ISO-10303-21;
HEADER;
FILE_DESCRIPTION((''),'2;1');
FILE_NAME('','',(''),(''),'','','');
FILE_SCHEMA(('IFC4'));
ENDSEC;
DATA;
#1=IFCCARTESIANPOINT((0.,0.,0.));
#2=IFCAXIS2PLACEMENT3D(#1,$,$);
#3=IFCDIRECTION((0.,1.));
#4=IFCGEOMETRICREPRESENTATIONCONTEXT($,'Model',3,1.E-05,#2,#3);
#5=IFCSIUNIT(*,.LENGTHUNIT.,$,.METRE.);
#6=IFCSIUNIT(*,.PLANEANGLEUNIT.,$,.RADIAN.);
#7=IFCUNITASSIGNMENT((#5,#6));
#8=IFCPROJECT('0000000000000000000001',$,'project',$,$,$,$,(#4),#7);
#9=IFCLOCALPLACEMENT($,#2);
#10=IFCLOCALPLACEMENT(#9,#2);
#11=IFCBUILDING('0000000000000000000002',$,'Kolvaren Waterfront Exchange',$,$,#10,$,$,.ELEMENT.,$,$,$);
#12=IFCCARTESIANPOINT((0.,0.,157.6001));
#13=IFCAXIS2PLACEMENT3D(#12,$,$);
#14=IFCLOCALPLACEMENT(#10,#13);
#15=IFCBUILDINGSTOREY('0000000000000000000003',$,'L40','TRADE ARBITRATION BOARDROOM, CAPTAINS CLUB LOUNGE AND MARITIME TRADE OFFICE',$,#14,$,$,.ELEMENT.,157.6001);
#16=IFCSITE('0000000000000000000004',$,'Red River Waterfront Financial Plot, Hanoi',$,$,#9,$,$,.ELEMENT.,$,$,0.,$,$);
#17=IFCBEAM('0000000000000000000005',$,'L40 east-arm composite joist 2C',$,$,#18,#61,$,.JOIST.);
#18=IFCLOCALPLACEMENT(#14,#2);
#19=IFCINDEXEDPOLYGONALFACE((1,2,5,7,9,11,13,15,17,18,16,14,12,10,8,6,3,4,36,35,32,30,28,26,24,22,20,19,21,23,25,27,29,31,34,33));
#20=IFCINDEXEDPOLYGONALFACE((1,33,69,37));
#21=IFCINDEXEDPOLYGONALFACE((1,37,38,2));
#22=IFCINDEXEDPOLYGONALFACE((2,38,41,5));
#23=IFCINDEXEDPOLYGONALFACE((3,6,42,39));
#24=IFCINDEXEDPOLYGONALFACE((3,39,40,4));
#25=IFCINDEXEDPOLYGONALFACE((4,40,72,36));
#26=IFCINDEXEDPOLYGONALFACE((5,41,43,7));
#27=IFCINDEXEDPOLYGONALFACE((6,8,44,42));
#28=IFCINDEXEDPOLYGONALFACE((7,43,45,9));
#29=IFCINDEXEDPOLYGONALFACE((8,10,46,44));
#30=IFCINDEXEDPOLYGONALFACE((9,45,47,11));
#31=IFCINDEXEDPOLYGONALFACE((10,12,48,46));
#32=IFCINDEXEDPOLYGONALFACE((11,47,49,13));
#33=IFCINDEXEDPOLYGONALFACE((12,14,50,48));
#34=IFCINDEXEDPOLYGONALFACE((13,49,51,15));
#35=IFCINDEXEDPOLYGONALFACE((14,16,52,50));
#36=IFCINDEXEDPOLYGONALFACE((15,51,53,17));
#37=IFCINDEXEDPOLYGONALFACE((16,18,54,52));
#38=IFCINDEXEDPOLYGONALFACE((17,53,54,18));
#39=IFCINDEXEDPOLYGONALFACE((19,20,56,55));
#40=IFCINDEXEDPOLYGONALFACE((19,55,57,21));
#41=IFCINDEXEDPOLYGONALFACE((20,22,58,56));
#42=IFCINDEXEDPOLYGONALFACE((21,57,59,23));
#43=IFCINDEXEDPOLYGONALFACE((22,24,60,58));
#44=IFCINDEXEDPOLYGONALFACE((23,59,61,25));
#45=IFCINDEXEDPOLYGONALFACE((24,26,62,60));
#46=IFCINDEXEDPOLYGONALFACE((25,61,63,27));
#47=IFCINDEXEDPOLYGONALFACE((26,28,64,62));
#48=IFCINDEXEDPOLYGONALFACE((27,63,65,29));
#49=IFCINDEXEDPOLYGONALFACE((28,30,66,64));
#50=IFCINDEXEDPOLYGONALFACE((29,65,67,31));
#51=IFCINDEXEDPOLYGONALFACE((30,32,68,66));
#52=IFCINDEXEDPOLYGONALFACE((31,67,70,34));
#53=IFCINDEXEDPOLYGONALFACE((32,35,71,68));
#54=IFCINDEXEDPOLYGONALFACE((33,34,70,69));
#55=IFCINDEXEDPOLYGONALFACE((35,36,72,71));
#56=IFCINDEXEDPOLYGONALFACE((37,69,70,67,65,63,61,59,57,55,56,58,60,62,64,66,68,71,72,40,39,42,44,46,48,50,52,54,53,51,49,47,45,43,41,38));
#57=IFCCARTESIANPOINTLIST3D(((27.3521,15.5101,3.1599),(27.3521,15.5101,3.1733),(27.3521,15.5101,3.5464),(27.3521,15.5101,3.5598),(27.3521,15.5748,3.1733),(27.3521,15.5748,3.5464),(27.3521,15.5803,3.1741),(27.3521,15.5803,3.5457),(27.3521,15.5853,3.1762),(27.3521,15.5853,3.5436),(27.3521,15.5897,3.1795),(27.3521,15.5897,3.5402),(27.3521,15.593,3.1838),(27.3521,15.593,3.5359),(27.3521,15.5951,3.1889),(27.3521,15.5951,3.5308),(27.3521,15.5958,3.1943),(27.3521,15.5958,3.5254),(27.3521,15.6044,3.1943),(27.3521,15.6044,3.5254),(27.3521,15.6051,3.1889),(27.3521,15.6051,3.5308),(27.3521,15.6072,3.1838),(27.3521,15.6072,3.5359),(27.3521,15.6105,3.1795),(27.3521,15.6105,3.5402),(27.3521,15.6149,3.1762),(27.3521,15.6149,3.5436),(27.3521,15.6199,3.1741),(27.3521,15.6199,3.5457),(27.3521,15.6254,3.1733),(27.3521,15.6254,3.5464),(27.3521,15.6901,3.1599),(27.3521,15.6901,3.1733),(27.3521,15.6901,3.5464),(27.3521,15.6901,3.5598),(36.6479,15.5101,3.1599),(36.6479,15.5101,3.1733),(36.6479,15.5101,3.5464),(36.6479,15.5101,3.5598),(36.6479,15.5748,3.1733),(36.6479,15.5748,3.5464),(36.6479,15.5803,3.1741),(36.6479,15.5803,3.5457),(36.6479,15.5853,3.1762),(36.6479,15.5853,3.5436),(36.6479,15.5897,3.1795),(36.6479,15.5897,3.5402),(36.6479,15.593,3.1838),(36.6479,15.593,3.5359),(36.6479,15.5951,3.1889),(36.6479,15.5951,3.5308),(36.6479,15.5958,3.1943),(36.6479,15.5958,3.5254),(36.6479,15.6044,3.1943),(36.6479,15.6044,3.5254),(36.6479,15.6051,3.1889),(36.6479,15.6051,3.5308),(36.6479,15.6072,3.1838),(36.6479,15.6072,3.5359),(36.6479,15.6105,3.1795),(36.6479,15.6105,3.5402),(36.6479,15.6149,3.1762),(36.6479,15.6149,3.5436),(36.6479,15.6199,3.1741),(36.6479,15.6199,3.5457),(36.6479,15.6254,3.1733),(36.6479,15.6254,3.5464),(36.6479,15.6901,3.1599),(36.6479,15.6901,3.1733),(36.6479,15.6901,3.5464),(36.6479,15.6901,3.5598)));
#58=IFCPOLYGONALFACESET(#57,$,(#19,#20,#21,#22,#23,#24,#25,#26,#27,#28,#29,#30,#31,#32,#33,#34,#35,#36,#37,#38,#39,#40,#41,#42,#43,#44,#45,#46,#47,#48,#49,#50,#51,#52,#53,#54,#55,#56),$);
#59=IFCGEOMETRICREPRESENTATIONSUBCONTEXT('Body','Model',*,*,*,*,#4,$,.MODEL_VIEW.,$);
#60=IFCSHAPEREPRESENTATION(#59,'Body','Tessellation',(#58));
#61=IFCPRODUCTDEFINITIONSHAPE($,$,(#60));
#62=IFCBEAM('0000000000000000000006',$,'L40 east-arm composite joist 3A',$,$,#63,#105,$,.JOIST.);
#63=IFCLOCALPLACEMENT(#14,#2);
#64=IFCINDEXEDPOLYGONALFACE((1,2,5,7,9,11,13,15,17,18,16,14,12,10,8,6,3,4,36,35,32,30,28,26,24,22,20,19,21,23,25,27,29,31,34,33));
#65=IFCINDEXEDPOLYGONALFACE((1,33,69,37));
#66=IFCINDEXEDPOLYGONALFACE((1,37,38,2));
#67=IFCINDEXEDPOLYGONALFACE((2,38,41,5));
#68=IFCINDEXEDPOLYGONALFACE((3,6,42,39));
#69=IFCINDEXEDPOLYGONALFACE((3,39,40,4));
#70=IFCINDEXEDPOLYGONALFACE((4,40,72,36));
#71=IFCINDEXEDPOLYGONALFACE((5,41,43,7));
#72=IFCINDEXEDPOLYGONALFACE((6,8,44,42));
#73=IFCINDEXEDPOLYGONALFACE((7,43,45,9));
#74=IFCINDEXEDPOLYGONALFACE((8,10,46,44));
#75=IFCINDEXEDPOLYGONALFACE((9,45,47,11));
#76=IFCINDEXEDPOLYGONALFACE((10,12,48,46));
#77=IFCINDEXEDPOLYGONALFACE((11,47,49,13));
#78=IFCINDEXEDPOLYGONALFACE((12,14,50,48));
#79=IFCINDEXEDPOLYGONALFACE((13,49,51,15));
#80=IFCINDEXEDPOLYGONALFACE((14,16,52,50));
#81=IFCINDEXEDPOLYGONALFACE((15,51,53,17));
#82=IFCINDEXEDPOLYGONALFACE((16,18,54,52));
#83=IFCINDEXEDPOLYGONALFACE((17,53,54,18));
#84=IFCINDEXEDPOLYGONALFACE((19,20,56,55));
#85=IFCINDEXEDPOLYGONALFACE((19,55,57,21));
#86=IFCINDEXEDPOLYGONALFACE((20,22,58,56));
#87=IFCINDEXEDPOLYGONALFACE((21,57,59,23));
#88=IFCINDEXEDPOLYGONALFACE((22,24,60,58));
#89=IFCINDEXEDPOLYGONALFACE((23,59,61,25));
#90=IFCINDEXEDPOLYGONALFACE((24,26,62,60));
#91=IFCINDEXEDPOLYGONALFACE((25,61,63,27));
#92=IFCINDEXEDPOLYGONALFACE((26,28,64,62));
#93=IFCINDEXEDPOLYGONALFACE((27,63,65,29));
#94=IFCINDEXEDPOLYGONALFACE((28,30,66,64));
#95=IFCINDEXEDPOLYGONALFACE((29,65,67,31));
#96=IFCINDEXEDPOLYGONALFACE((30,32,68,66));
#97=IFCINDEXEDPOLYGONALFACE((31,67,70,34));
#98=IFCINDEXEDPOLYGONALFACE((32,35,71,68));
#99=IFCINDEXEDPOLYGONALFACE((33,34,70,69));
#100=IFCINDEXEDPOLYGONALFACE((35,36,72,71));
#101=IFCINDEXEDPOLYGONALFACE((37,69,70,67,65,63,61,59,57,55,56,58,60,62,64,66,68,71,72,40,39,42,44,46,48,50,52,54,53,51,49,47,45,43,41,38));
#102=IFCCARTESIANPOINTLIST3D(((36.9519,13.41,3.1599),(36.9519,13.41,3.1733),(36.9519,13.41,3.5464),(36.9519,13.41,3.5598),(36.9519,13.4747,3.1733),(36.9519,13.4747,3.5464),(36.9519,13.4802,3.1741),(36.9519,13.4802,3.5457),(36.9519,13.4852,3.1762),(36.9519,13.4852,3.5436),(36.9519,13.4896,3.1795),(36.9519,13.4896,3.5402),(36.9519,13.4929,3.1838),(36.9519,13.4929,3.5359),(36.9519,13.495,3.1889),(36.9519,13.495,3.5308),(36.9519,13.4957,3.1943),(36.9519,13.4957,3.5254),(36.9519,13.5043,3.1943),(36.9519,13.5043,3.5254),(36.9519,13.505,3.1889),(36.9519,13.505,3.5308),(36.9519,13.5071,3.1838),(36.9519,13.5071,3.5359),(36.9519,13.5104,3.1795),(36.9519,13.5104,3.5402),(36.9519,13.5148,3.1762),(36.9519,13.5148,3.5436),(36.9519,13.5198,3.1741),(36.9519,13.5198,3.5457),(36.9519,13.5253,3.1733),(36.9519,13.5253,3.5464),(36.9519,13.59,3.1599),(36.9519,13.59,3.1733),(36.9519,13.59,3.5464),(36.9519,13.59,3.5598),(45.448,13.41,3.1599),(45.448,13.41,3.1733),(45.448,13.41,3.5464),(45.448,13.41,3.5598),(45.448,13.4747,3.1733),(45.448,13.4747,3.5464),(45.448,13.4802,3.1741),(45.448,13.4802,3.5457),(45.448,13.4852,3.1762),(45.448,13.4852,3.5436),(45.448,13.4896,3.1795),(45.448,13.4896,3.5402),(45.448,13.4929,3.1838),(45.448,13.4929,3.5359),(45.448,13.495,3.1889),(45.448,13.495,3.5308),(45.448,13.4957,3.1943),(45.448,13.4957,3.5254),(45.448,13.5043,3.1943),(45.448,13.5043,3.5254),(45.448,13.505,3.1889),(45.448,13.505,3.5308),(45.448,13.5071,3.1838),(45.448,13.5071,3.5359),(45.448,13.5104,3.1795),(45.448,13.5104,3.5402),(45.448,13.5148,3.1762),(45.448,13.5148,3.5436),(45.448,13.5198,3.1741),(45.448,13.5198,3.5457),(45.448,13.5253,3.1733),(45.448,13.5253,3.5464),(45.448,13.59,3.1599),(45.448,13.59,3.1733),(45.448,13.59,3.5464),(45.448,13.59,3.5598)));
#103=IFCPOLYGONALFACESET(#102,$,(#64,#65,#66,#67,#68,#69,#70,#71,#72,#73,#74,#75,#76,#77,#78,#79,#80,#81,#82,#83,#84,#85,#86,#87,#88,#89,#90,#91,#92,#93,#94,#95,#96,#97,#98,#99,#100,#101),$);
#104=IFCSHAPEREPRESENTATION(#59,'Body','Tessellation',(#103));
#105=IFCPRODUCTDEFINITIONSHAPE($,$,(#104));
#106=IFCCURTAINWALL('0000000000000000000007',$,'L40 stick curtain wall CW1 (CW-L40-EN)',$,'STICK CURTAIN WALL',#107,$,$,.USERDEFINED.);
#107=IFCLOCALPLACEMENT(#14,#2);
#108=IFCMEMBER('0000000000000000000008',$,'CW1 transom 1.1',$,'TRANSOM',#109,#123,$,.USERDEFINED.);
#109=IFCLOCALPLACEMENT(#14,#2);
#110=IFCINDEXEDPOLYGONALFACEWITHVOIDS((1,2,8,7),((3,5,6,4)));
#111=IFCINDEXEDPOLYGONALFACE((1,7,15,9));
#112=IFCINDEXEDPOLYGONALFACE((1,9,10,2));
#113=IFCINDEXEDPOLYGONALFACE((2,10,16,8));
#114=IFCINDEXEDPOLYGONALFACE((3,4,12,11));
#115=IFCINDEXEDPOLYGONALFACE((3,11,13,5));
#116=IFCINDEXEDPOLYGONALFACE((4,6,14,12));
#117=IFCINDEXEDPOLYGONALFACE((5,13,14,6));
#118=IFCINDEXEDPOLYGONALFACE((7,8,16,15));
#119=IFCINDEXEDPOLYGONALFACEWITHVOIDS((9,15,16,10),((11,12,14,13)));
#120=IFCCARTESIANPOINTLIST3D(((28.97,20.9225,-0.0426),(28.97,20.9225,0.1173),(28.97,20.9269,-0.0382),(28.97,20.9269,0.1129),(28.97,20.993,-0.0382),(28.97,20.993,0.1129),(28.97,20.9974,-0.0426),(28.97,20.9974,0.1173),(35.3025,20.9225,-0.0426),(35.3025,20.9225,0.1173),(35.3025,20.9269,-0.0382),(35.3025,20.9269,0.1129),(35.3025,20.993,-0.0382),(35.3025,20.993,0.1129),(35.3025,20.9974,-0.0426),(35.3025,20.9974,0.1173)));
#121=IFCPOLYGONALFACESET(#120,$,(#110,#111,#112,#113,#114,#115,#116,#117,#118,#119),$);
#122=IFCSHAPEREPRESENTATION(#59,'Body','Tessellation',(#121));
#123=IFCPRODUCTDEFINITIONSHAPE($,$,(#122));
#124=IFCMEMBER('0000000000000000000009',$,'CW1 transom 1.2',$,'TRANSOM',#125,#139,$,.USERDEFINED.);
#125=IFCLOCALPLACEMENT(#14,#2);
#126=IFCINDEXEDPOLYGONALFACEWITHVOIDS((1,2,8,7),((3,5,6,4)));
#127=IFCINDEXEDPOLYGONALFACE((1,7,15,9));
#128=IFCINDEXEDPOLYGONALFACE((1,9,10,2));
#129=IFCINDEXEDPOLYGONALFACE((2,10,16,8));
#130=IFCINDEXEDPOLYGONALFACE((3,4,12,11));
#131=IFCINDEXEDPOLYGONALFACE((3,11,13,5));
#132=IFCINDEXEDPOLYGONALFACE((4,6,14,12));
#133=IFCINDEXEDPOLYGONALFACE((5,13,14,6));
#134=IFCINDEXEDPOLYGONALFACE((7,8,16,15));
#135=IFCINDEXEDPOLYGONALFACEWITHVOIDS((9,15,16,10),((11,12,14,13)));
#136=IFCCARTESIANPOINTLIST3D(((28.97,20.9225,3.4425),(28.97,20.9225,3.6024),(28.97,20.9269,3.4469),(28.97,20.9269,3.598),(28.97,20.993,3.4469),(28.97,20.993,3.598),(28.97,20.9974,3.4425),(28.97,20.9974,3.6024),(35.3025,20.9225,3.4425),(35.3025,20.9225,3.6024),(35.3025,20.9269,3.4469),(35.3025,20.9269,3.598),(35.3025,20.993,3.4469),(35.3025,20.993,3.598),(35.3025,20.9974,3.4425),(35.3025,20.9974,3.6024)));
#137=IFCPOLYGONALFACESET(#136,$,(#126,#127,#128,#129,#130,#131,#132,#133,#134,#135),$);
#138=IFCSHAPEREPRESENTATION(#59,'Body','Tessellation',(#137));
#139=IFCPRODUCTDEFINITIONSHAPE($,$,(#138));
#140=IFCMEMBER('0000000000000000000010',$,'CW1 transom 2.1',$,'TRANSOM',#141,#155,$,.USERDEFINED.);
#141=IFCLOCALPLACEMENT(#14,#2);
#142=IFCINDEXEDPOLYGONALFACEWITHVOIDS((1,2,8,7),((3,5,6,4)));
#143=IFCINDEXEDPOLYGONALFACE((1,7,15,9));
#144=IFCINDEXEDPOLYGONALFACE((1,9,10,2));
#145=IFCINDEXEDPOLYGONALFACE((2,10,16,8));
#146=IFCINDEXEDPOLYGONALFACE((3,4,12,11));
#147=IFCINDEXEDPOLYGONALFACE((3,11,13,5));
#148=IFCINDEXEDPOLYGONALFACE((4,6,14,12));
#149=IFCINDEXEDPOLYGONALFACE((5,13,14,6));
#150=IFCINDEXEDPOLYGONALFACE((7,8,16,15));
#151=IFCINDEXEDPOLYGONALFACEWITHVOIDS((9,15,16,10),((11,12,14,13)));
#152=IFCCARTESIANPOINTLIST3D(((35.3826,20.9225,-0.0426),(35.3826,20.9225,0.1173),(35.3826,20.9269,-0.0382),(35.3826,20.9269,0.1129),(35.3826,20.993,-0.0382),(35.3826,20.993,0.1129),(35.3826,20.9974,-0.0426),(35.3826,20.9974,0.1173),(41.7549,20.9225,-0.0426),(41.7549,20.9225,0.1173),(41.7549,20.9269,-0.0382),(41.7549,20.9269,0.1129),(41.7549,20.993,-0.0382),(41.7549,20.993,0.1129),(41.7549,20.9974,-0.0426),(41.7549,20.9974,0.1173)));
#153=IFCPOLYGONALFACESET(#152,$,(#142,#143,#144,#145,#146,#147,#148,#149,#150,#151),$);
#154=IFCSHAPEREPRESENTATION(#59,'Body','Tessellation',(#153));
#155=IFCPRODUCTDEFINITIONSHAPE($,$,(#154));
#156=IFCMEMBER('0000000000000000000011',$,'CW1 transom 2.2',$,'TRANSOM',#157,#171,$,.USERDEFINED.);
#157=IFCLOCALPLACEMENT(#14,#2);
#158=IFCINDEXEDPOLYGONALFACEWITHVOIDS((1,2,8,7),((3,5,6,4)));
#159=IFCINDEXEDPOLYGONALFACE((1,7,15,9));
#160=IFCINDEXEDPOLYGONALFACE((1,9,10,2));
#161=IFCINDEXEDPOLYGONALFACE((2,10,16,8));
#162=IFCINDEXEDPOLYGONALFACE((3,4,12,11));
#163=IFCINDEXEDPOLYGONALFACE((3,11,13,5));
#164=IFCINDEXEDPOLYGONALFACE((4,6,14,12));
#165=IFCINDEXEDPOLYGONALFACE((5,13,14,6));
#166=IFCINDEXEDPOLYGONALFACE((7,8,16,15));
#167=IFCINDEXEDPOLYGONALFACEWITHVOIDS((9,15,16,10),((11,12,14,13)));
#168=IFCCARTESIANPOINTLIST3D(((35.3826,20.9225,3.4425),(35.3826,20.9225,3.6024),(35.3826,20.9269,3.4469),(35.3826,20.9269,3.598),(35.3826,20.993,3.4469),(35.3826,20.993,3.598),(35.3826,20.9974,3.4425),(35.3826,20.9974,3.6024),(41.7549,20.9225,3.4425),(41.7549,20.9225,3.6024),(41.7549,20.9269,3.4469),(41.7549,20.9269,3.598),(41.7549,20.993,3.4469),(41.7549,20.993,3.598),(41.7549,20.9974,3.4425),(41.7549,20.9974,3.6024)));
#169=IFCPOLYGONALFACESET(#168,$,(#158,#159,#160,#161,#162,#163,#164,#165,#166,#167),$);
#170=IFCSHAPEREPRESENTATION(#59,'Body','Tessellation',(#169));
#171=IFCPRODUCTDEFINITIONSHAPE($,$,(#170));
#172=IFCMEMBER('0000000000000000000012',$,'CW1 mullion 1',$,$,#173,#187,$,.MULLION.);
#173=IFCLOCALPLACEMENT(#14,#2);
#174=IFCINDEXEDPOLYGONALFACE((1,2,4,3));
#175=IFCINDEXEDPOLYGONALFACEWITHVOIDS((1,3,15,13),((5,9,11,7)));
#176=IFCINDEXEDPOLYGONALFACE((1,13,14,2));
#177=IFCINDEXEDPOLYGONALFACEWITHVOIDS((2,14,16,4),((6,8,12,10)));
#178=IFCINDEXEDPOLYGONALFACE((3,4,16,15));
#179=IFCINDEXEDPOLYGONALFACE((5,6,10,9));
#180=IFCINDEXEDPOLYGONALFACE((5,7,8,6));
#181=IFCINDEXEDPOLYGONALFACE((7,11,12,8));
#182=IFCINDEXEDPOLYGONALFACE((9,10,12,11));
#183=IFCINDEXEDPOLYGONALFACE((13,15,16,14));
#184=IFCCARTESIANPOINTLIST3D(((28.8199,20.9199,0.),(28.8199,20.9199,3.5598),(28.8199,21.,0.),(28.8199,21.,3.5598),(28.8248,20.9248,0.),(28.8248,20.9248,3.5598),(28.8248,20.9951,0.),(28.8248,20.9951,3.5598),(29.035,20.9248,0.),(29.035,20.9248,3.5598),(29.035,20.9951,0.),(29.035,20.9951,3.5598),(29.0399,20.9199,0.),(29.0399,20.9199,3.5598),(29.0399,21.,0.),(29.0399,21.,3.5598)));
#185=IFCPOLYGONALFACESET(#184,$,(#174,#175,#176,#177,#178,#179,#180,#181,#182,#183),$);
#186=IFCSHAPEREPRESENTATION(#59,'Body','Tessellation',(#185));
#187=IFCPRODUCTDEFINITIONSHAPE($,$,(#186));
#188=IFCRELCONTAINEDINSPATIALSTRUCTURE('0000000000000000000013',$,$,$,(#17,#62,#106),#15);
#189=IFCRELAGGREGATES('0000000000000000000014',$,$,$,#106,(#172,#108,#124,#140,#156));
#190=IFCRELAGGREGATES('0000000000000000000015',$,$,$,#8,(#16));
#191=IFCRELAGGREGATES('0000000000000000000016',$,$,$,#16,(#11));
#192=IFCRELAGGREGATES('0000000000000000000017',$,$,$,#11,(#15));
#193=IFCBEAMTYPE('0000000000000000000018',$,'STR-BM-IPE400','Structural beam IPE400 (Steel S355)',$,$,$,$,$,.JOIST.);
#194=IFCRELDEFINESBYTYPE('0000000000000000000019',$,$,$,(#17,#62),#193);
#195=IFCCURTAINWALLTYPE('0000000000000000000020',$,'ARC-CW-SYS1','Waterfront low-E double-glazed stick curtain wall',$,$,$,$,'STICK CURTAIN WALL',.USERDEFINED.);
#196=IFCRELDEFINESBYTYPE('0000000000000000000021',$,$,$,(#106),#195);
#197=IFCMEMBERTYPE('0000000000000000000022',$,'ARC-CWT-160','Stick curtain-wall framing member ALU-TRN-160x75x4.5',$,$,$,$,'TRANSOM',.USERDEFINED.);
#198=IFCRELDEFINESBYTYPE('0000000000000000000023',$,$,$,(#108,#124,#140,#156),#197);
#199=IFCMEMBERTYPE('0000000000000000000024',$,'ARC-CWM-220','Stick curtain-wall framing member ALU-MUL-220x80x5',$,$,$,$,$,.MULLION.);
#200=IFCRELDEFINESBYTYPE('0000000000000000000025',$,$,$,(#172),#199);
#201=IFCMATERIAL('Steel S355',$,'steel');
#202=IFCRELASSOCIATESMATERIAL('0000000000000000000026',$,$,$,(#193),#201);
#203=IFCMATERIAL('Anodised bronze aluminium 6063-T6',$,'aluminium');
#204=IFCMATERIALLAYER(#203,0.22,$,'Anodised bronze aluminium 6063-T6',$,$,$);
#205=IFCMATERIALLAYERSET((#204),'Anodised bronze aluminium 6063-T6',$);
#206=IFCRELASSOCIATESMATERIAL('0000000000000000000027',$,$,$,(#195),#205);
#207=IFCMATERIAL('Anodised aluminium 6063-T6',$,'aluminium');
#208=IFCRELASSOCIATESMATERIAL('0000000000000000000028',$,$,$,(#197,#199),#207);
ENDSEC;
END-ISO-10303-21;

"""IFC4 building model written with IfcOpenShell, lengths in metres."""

from ifc_helpers import new_model, si_unit, direction, frame, origin, origin_with_axes, origin_2d, place, context, subcontext, project, spatial, hollow_rectangle, i_section, extrude, source, transform, mapped, material, layer, layer_set, material_profile, profile_set, type_object, element, aggregate, save


model = new_model("IFC4")

# Units and contexts
model_context = context("Model", 3, precision=1e-05, world=origin(), true_north=direction((0.0, 1.0)))
body_context = subcontext(model_context, "Body", "Model", "MODEL_VIEW")
ifc_project = project(units=[si_unit("LENGTHUNIT", "METRE"), si_unit("PLANEANGLEUNIT", "RADIAN")], contexts=[model_context])

# Site, building, storey
site_placement = place(None, origin())
site = spatial("IfcSite", under=ifc_project, at=site_placement, Name="Red River Waterfront Financial Plot, Hanoi", CompositionType="ELEMENT", RefElevation=0.0)
building_placement = place(site_placement, origin())
building = spatial("IfcBuilding", under=site, at=building_placement, Name="Kolvaren Waterfront Exchange", CompositionType="ELEMENT")
storey_placement = place(building_placement, frame((0.0, 0.0, 157.6001)))
storey = spatial("IfcBuildingStorey", under=building, at=storey_placement, Name="L40", Description="TRADE ARBITRATION BOARDROOM, CAPTAINS CLUB LOUNGE AND MARITIME TRADE OFFICE", CompositionType="ELEMENT", Elevation=157.6001)

# Beams
ifc_material_1 = material(Name="Steel S355", Category="steel")
ifc_material_profile_1 = material_profile(ifc_material_1, i_section(OverallWidth=0.1799, OverallDepth=0.3999, WebThickness=0.0085, FlangeThickness=0.0134, FilletRadius=0.021, at=origin_2d()), Name="IPE400")
ifc_profile_set_1 = profile_set([ifc_material_profile_1], Name="Steel S355")
beam_type_1 = type_object("IfcBeamType", Name="STR-BM-IPE400", Description="Structural beam IPE400 (Steel S355)", PredefinedType="JOIST", material=ifc_profile_set_1)
for number, where, z_axis, x_axis, name in (
    (1, (27.3521, 15.6001, 3.3599), (1.0, 0.0, 0.0), (0.0, 1.0, 0.0), "L40 east-arm composite joist 2C"),
):
    element("IfcBeam", number, at=place(storey_placement, frame(where, z_axis=z_axis, x_axis=x_axis)), inside=storey, type_object=beam_type_1, Name=name, PredefinedType="JOIST", context=body_context, shape_type="SweptSolid", body=[
        extrude(i_section(OverallWidth=0.1799, OverallDepth=0.3999, WebThickness=0.0085, FlangeThickness=0.0134, FilletRadius=0.021, at=origin_2d()), origin(), (0.0, 0.0, 1.0), 9.2959),
    ])
beam_1_placement = place(storey_placement, frame((36.9519, 13.5, 3.3599), z_axis=(1.0, 0.0, 0.0), x_axis=(0.0, 1.0, 0.0)))
element("IfcBeam", 2, at=beam_1_placement, inside=storey, type_object=beam_type_1, Name="L40 east-arm composite joist 3A", PredefinedType="JOIST", context=body_context, shape_type="SweptSolid", body=[
    extrude(i_section(OverallWidth=0.1799, OverallDepth=0.3999, WebThickness=0.0085, FlangeThickness=0.0134, FilletRadius=0.021, at=origin_2d()), origin(), (0.0, 0.0, 1.0), 8.4961),
])

# Curtain wall, members
ifc_material_2 = material(Name="Anodised bronze aluminium 6063-T6", Category="aluminium")
ifc_layer_1 = layer(ifc_material_2, 0.22, Name="Anodised bronze aluminium 6063-T6")
ifc_layer_set_1 = layer_set([ifc_layer_1], Name="Anodised bronze aluminium 6063-T6")
curtain_wall_type = type_object("IfcCurtainWallType", Name="ARC-CW-SYS1", Description="Waterfront low-E double-glazed stick curtain wall", ElementType="STICK CURTAIN WALL", PredefinedType="USERDEFINED", material=ifc_layer_set_1)
curtain_wall_placement = place(storey_placement, origin())
curtain_wall = element("IfcCurtainWall", 3, at=curtain_wall_placement, inside=storey, type_object=curtain_wall_type, Name="L40 stick curtain wall CW1 (CW-L40-EN)", ObjectType="STICK CURTAIN WALL", PredefinedType="USERDEFINED")
ifc_material_3 = material(Name="Anodised aluminium 6063-T6", Category="aluminium")
ifc_material_profile_2 = material_profile(ifc_material_3, hollow_rectangle(XDim=0.075, YDim=0.1599, WallThickness=0.0044, at=origin_2d()), Name="ALU-TRN-160x75x4.5")
ifc_profile_set_2 = profile_set([ifc_material_profile_2], Name="Anodised aluminium 6063-T6")
member_type_1 = type_object("IfcMemberType", Name="ARC-CWT-160", Description="Stick curtain-wall framing member ALU-TRN-160x75x4.5", ElementType="TRANSOM", PredefinedType="USERDEFINED", material=ifc_profile_set_2)
shared_shape_1 = source(origin_with_axes(), body_context, "Body", "SweptSolid", [
    extrude(hollow_rectangle(XDim=0.075, YDim=0.1599, WallThickness=0.0044, at=origin_2d()), origin(), (0.0, 0.0, 1.0), 6.3325),
])
member_1_placement = place(storey_placement, frame((28.97, 20.96, 0.0374), z_axis=(1.0, 0.0, 0.0), x_axis=(0.0, 1.0, 0.0)))
member_1 = element("IfcMember", 4, at=member_1_placement, type_object=member_type_1, Name="CW1 transom 1.1", ObjectType="TRANSOM", PredefinedType="USERDEFINED", context=body_context, shape_type="MappedRepresentation", body=[
    mapped(shared_shape_1, transform((0.0, 0.0, 0.0), x_axis=(1.0, 0.0, 0.0), y_axis=(0.0, 1.0, 0.0), z_axis=(0.0, 0.0, 1.0), scale=1.0)),
])
member_2_placement = place(storey_placement, frame((28.97, 20.96, 3.5225), z_axis=(1.0, 0.0, 0.0), x_axis=(0.0, 1.0, 0.0)))
member_2 = element("IfcMember", 5, at=member_2_placement, type_object=member_type_1, Name="CW1 transom 1.2", ObjectType="TRANSOM", PredefinedType="USERDEFINED", context=body_context, shape_type="MappedRepresentation", body=[
    mapped(shared_shape_1, transform((0.0, 0.0, 0.0), x_axis=(1.0, 0.0, 0.0), y_axis=(0.0, 1.0, 0.0), z_axis=(0.0, 0.0, 1.0), scale=1.0)),
])
shared_shape_2 = source(origin_with_axes(), body_context, "Body", "SweptSolid", [
    extrude(hollow_rectangle(XDim=0.075, YDim=0.1599, WallThickness=0.0044, at=origin_2d()), origin(), (0.0, 0.0, 1.0), 6.3723),
])
member_3_placement = place(storey_placement, frame((35.3826, 20.96, 0.0374), z_axis=(1.0, 0.0, 0.0), x_axis=(0.0, 1.0, 0.0)))
member_3 = element("IfcMember", 6, at=member_3_placement, type_object=member_type_1, Name="CW1 transom 2.1", ObjectType="TRANSOM", PredefinedType="USERDEFINED", context=body_context, shape_type="MappedRepresentation", body=[
    mapped(shared_shape_2, transform((0.0, 0.0, 0.0), x_axis=(1.0, 0.0, 0.0), y_axis=(0.0, 1.0, 0.0), z_axis=(0.0, 0.0, 1.0), scale=1.0)),
])
member_4_placement = place(storey_placement, frame((35.3826, 20.96, 3.5225), z_axis=(1.0, 0.0, 0.0), x_axis=(0.0, 1.0, 0.0)))
member_4 = element("IfcMember", 7, at=member_4_placement, type_object=member_type_1, Name="CW1 transom 2.2", ObjectType="TRANSOM", PredefinedType="USERDEFINED", context=body_context, shape_type="MappedRepresentation", body=[
    mapped(shared_shape_2, transform((0.0, 0.0, 0.0), x_axis=(1.0, 0.0, 0.0), y_axis=(0.0, 1.0, 0.0), z_axis=(0.0, 0.0, 1.0), scale=1.0)),
])
ifc_material_profile_3 = material_profile(ifc_material_3, hollow_rectangle(XDim=0.0801, YDim=0.22, WallThickness=0.0049, at=origin_2d()), Name="ALU-MUL-220x80x5")
ifc_profile_set_3 = profile_set([ifc_material_profile_3], Name="Anodised aluminium 6063-T6")
member_type_2 = type_object("IfcMemberType", Name="ARC-CWM-220", Description="Stick curtain-wall framing member ALU-MUL-220x80x5", PredefinedType="MULLION", material=ifc_profile_set_3)
shared_shape_3 = source(origin_with_axes(), body_context, "Body", "SweptSolid", [
    extrude(hollow_rectangle(XDim=0.0801, YDim=0.22, WallThickness=0.0049, at=origin_2d()), origin(), (0.0, 0.0, 1.0), 3.5598),
])
member_5_placement = place(storey_placement, frame((28.9299, 20.96, 0.0), z_axis=(0.0, 0.0, 1.0), x_axis=(0.0, 1.0, 0.0)))
member_5 = element("IfcMember", 8, at=member_5_placement, type_object=member_type_2, Name="CW1 mullion 1", PredefinedType="MULLION", context=body_context, shape_type="MappedRepresentation", body=[
    mapped(shared_shape_3, transform((0.0, 0.0, 0.0), x_axis=(1.0, 0.0, 0.0), y_axis=(0.0, 1.0, 0.0), z_axis=(0.0, 0.0, 1.0), scale=1.0)),
])
aggregate(curtain_wall, [member_5, member_1, member_2, member_3, member_4])

save(model, "model.ifc")
